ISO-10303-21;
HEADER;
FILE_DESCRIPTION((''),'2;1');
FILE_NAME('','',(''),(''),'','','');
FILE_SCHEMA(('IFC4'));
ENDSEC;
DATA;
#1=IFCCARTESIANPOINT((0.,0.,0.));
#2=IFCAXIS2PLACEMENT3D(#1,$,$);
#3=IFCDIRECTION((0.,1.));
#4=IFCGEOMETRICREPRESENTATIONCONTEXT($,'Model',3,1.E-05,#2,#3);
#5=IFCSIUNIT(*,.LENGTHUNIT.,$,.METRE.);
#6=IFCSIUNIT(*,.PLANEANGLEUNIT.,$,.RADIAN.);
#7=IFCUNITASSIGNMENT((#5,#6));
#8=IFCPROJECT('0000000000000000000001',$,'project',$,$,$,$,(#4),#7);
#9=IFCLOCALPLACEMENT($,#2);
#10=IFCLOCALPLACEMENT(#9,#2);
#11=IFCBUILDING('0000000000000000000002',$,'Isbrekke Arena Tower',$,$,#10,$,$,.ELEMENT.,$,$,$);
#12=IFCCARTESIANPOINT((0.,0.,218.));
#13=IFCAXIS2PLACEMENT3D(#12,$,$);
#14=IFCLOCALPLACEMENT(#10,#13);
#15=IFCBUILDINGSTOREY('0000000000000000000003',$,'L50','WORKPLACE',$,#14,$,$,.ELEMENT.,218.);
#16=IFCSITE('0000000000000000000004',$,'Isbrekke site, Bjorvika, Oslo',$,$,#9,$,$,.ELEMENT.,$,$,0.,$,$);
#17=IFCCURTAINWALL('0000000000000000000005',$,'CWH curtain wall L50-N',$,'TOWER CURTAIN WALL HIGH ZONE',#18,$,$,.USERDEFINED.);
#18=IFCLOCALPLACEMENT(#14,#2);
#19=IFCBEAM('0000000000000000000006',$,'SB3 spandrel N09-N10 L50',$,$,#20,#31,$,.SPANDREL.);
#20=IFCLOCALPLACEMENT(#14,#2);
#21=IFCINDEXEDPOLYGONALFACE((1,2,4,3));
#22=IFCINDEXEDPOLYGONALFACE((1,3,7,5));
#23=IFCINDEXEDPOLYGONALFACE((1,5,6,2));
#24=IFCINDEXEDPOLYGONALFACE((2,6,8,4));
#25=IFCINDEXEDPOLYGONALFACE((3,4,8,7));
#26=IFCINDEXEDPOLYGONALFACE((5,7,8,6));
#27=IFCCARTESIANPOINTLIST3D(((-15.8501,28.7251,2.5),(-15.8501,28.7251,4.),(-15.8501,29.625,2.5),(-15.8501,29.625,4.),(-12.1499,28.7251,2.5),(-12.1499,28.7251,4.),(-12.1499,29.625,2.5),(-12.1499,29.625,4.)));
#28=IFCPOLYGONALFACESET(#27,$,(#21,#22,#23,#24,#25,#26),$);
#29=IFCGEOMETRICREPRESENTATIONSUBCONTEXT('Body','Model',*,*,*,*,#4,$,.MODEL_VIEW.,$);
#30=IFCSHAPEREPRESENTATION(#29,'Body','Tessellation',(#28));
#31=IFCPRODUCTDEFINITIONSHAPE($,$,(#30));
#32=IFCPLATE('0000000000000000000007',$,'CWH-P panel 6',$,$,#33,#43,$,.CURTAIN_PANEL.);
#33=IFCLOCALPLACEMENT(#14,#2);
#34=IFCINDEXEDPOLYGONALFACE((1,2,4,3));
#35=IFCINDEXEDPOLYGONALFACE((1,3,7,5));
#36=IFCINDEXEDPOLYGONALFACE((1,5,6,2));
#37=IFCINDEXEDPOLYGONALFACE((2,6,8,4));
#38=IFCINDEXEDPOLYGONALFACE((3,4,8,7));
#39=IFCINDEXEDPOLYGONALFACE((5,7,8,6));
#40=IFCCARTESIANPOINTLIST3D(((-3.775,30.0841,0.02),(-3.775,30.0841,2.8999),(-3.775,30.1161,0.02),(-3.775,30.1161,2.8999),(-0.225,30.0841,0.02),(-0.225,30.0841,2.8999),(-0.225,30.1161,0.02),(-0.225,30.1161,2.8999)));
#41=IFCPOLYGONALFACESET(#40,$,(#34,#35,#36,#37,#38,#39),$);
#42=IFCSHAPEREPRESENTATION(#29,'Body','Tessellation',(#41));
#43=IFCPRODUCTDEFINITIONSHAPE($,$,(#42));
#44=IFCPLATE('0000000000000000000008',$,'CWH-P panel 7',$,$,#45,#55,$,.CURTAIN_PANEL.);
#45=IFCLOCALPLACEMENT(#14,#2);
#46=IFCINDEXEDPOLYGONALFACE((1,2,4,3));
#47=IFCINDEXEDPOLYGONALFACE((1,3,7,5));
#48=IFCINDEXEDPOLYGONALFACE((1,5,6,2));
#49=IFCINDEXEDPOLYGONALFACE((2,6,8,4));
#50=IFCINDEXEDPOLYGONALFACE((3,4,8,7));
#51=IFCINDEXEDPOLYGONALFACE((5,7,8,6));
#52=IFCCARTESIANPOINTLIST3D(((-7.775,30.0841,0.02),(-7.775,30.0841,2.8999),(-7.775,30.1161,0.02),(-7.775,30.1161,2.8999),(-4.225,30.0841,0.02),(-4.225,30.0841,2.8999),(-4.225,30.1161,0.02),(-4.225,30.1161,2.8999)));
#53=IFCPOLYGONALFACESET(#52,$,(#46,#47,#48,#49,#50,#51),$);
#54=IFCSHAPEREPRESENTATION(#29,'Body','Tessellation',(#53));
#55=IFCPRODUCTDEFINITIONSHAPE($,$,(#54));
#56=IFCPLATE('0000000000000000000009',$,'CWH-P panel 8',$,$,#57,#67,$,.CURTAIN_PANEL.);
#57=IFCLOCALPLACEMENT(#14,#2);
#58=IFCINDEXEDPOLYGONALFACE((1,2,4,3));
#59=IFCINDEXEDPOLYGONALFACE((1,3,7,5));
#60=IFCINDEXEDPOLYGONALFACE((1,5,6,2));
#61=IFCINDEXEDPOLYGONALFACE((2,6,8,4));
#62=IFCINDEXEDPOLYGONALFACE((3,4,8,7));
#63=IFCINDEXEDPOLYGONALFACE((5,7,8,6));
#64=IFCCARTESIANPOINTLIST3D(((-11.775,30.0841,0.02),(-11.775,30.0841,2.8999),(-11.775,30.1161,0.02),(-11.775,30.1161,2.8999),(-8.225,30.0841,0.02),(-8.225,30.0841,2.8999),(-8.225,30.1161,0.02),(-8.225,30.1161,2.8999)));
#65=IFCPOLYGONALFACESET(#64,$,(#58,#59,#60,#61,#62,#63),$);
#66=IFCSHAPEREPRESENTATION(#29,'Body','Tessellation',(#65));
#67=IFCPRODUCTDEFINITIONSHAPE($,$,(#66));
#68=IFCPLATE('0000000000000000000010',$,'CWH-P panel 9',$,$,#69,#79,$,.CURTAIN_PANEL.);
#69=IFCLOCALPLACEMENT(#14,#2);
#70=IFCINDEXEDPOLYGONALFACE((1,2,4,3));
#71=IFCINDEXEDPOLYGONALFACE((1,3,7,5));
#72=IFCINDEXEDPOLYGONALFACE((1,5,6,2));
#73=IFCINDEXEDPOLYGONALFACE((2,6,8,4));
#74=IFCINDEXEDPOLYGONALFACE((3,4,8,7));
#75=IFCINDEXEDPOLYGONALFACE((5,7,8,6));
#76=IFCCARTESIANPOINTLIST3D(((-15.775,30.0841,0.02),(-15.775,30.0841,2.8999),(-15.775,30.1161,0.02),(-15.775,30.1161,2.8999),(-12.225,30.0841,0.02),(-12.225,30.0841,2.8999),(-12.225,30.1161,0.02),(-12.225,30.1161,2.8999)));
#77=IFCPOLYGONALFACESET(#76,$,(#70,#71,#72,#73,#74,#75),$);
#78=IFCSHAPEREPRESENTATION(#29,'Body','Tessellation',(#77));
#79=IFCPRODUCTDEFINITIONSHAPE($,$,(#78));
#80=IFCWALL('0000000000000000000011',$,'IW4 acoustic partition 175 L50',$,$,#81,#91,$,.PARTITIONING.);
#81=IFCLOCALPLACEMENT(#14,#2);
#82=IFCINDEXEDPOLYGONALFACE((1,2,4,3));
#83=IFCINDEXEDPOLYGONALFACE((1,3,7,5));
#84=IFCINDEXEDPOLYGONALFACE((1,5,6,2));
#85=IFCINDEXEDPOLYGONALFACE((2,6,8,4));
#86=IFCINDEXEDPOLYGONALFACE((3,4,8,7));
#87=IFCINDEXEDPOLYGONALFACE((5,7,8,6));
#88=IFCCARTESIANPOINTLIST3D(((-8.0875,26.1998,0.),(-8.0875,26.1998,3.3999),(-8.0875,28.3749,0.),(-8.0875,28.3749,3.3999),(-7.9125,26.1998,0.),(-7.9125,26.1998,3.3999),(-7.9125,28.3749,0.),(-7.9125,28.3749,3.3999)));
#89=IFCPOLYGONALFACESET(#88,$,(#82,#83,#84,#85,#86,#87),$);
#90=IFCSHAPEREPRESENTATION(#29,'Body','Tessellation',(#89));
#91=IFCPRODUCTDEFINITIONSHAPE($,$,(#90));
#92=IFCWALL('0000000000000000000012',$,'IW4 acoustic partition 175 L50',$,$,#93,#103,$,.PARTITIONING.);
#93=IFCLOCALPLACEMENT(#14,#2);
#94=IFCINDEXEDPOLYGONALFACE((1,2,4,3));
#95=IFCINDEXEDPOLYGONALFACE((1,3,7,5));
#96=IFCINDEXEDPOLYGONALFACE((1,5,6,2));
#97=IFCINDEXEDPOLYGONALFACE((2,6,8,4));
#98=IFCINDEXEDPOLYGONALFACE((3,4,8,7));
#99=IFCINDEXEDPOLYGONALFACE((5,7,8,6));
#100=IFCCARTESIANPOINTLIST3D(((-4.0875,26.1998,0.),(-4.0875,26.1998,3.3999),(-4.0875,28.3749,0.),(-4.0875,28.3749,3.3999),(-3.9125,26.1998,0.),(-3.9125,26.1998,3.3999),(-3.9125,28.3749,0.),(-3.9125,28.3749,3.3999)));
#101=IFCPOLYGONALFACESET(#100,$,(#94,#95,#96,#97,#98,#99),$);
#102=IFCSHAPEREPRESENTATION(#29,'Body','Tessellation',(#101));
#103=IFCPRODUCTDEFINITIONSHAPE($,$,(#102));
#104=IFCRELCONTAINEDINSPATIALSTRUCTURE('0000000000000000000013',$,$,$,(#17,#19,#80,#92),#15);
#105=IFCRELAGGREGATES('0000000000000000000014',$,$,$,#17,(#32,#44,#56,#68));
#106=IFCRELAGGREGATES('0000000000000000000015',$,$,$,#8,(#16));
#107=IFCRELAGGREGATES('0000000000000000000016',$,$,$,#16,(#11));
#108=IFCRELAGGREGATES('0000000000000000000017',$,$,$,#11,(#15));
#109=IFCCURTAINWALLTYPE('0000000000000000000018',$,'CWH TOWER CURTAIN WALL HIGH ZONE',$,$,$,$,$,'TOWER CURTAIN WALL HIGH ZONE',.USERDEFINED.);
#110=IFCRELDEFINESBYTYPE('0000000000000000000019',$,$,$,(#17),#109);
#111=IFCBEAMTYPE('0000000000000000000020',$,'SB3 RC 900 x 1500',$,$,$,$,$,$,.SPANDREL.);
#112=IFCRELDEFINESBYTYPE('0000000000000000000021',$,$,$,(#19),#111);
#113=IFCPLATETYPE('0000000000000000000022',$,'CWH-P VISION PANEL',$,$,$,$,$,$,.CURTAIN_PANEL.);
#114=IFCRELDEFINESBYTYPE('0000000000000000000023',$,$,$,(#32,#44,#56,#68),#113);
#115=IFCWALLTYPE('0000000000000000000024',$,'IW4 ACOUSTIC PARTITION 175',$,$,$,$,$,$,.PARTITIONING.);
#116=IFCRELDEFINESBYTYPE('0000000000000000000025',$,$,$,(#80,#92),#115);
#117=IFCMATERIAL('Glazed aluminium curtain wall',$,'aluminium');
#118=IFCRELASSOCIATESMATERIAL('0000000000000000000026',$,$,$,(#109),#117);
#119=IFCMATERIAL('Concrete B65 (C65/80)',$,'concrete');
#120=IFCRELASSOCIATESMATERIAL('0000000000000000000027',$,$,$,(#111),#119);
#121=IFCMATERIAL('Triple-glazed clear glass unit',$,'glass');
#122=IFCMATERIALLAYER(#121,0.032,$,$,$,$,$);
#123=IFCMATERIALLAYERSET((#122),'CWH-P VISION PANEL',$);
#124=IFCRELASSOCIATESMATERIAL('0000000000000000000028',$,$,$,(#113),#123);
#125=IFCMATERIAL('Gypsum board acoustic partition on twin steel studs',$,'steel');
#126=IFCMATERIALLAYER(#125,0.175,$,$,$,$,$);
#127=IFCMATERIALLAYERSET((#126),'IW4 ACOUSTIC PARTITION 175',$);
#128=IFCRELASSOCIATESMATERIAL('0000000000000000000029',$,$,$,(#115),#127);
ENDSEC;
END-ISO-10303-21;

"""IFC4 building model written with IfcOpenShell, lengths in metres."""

from ifc_helpers import new_model, si_unit, direction, frame, frame_2d, origin, origin_2d, place, context, subcontext, project, spatial, rectangle, extrude, material, layer, layer_set, material_profile, profile_set, type_object, element, aggregate, save


model = new_model("IFC4")

# Units and contexts
model_context = context("Model", 3, precision=1e-05, world=origin(), true_north=direction((0.0, 1.0)))
body_context = subcontext(model_context, "Body", "Model", "MODEL_VIEW")
ifc_project = project(units=[si_unit("LENGTHUNIT", "METRE"), si_unit("PLANEANGLEUNIT", "RADIAN")], contexts=[model_context])

# Site, building, storey
site_placement = place(None, origin())
site = spatial("IfcSite", under=ifc_project, at=site_placement, Name="Isbrekke site, Bjorvika, Oslo", CompositionType="ELEMENT", RefElevation=0.0)
building_placement = place(site_placement, origin())
building = spatial("IfcBuilding", under=site, at=building_placement, Name="Isbrekke Arena Tower", CompositionType="ELEMENT")
storey_placement = place(building_placement, frame((0.0, 0.0, 218.0)))
storey = spatial("IfcBuildingStorey", under=building, at=storey_placement, Name="L50", Description="WORKPLACE", CompositionType="ELEMENT", Elevation=218.0)

# Curtain wall
ifc_material_1 = material(Name="Glazed aluminium curtain wall", Category="aluminium")
curtain_wall_type = type_object("IfcCurtainWallType", Name="CWH TOWER CURTAIN WALL HIGH ZONE", ElementType="TOWER CURTAIN WALL HIGH ZONE", PredefinedType="USERDEFINED", material=ifc_material_1)
curtain_wall_placement = place(storey_placement, origin())
curtain_wall = element("IfcCurtainWall", 1, at=curtain_wall_placement, inside=storey, type_object=curtain_wall_type, Name="CWH curtain wall L50-N", ObjectType="TOWER CURTAIN WALL HIGH ZONE", PredefinedType="USERDEFINED")

# Beam
ifc_material_2 = material(Name="Concrete B65 (C65/80)", Category="concrete")
ifc_material_profile_1 = material_profile(ifc_material_2, rectangle(XDim=0.8999, YDim=1.5, at=origin_2d()), Name="RC 900x1500")
ifc_profile_set_1 = profile_set([ifc_material_profile_1], Name="Concrete B65 (C65/80)")
beam_type_1 = type_object("IfcBeamType", Name="SB3 RC 900 x 1500", PredefinedType="SPANDREL", material=ifc_profile_set_1)
for number, where, z_axis, x_axis, name in (
    (2, (-12.1499, 29.175, 3.25), (-1.0, 0.0, 0.0), (0.0, -1.0, 0.0), "SB3 spandrel N09-N10 L50"),
):
    element("IfcBeam", number, at=place(storey_placement, frame(where, z_axis=z_axis, x_axis=x_axis)), inside=storey, type_object=beam_type_1, Name=name, PredefinedType="SPANDREL", context=body_context, shape_type="SweptSolid", body=[
        extrude(rectangle(XDim=0.8999, YDim=1.5, at=origin_2d()), origin(), (0.0, 0.0, 1.0), 3.7002),
    ])

# Plates
ifc_material_3 = material(Name="Triple-glazed clear glass unit", Category="glass")
ifc_layer_1 = layer(ifc_material_3, 0.032)
ifc_layer_set_1 = layer_set([ifc_layer_1], Name="CWH-P VISION PANEL")
plate_type = type_object("IfcPlateType", Name="CWH-P VISION PANEL", PredefinedType="CURTAIN_PANEL", material=ifc_layer_set_1)
plate_1_placement = place(storey_placement, frame((-2.0, 30.1001, 0.02), z_axis=(0.0, 0.0, 1.0), x_axis=(-1.0, 0.0, 0.0)))
plate_1 = element("IfcPlate", 3, at=plate_1_placement, type_object=plate_type, Name="CWH-P panel 6", PredefinedType="CURTAIN_PANEL", context=body_context, shape_type="SweptSolid", body=[
    extrude(rectangle(XDim=3.55, YDim=0.032, at=origin_2d()), origin(), (0.0, 0.0, 1.0), 2.8799),
])
plate_2_placement = place(storey_placement, frame((-6.0, 30.1001, 0.02), z_axis=(0.0, 0.0, 1.0), x_axis=(-1.0, 0.0, 0.0)))
plate_2 = element("IfcPlate", 4, at=plate_2_placement, type_object=plate_type, Name="CWH-P panel 7", PredefinedType="CURTAIN_PANEL", context=body_context, shape_type="SweptSolid", body=[
    extrude(rectangle(XDim=3.55, YDim=0.032, at=origin_2d()), origin(), (0.0, 0.0, 1.0), 2.8799),
])
plate_3_placement = place(storey_placement, frame((-10.0, 30.1001, 0.02), z_axis=(0.0, 0.0, 1.0), x_axis=(-1.0, 0.0, 0.0)))
plate_3 = element("IfcPlate", 5, at=plate_3_placement, type_object=plate_type, Name="CWH-P panel 8", PredefinedType="CURTAIN_PANEL", context=body_context, shape_type="SweptSolid", body=[
    extrude(rectangle(XDim=3.55, YDim=0.032, at=origin_2d()), origin(), (0.0, 0.0, 1.0), 2.8799),
])
plate_4_placement = place(storey_placement, frame((-14.0, 30.1001, 0.02), z_axis=(0.0, 0.0, 1.0), x_axis=(-1.0, 0.0, 0.0)))
plate_4 = element("IfcPlate", 6, at=plate_4_placement, type_object=plate_type, Name="CWH-P panel 9", PredefinedType="CURTAIN_PANEL", context=body_context, shape_type="SweptSolid", body=[
    extrude(rectangle(XDim=3.55, YDim=0.032, at=origin_2d()), origin(), (0.0, 0.0, 1.0), 2.8799),
])
aggregate(curtain_wall, [plate_1, plate_2, plate_3, plate_4])

# Walls
ifc_material_4 = material(Name="Gypsum board acoustic partition on twin steel studs", Category="steel")
ifc_layer_2 = layer(ifc_material_4, 0.175)
ifc_layer_set_2 = layer_set([ifc_layer_2], Name="IW4 ACOUSTIC PARTITION 175")
wall_type = type_object("IfcWallType", Name="IW4 ACOUSTIC PARTITION 175", PredefinedType="PARTITIONING", material=ifc_layer_set_2)
for number, where, z_axis, x_axis, name in (
    (7, (-8.0, 26.2, 0.0), (0.0, 0.0, 1.0), (0.0, 1.0, 0.0), "IW4 acoustic partition 175 L50"),
    (8, (-4.0, 26.2, 0.0), (0.0, 0.0, 1.0), (0.0, 1.0, 0.0), "IW4 acoustic partition 175 L50"),
):
    element("IfcWall", number, at=place(storey_placement, frame(where, z_axis=z_axis, x_axis=x_axis)), inside=storey, type_object=wall_type, Name=name, PredefinedType="PARTITIONING", context=body_context, shape_type="SweptSolid", body=[
        extrude(rectangle(XDim=2.175, YDim=0.175, at=frame_2d((1.0874, 0.0))), origin(), (0.0, 0.0, 1.0), 3.3999),
    ])

save(model, "model.ifc")
